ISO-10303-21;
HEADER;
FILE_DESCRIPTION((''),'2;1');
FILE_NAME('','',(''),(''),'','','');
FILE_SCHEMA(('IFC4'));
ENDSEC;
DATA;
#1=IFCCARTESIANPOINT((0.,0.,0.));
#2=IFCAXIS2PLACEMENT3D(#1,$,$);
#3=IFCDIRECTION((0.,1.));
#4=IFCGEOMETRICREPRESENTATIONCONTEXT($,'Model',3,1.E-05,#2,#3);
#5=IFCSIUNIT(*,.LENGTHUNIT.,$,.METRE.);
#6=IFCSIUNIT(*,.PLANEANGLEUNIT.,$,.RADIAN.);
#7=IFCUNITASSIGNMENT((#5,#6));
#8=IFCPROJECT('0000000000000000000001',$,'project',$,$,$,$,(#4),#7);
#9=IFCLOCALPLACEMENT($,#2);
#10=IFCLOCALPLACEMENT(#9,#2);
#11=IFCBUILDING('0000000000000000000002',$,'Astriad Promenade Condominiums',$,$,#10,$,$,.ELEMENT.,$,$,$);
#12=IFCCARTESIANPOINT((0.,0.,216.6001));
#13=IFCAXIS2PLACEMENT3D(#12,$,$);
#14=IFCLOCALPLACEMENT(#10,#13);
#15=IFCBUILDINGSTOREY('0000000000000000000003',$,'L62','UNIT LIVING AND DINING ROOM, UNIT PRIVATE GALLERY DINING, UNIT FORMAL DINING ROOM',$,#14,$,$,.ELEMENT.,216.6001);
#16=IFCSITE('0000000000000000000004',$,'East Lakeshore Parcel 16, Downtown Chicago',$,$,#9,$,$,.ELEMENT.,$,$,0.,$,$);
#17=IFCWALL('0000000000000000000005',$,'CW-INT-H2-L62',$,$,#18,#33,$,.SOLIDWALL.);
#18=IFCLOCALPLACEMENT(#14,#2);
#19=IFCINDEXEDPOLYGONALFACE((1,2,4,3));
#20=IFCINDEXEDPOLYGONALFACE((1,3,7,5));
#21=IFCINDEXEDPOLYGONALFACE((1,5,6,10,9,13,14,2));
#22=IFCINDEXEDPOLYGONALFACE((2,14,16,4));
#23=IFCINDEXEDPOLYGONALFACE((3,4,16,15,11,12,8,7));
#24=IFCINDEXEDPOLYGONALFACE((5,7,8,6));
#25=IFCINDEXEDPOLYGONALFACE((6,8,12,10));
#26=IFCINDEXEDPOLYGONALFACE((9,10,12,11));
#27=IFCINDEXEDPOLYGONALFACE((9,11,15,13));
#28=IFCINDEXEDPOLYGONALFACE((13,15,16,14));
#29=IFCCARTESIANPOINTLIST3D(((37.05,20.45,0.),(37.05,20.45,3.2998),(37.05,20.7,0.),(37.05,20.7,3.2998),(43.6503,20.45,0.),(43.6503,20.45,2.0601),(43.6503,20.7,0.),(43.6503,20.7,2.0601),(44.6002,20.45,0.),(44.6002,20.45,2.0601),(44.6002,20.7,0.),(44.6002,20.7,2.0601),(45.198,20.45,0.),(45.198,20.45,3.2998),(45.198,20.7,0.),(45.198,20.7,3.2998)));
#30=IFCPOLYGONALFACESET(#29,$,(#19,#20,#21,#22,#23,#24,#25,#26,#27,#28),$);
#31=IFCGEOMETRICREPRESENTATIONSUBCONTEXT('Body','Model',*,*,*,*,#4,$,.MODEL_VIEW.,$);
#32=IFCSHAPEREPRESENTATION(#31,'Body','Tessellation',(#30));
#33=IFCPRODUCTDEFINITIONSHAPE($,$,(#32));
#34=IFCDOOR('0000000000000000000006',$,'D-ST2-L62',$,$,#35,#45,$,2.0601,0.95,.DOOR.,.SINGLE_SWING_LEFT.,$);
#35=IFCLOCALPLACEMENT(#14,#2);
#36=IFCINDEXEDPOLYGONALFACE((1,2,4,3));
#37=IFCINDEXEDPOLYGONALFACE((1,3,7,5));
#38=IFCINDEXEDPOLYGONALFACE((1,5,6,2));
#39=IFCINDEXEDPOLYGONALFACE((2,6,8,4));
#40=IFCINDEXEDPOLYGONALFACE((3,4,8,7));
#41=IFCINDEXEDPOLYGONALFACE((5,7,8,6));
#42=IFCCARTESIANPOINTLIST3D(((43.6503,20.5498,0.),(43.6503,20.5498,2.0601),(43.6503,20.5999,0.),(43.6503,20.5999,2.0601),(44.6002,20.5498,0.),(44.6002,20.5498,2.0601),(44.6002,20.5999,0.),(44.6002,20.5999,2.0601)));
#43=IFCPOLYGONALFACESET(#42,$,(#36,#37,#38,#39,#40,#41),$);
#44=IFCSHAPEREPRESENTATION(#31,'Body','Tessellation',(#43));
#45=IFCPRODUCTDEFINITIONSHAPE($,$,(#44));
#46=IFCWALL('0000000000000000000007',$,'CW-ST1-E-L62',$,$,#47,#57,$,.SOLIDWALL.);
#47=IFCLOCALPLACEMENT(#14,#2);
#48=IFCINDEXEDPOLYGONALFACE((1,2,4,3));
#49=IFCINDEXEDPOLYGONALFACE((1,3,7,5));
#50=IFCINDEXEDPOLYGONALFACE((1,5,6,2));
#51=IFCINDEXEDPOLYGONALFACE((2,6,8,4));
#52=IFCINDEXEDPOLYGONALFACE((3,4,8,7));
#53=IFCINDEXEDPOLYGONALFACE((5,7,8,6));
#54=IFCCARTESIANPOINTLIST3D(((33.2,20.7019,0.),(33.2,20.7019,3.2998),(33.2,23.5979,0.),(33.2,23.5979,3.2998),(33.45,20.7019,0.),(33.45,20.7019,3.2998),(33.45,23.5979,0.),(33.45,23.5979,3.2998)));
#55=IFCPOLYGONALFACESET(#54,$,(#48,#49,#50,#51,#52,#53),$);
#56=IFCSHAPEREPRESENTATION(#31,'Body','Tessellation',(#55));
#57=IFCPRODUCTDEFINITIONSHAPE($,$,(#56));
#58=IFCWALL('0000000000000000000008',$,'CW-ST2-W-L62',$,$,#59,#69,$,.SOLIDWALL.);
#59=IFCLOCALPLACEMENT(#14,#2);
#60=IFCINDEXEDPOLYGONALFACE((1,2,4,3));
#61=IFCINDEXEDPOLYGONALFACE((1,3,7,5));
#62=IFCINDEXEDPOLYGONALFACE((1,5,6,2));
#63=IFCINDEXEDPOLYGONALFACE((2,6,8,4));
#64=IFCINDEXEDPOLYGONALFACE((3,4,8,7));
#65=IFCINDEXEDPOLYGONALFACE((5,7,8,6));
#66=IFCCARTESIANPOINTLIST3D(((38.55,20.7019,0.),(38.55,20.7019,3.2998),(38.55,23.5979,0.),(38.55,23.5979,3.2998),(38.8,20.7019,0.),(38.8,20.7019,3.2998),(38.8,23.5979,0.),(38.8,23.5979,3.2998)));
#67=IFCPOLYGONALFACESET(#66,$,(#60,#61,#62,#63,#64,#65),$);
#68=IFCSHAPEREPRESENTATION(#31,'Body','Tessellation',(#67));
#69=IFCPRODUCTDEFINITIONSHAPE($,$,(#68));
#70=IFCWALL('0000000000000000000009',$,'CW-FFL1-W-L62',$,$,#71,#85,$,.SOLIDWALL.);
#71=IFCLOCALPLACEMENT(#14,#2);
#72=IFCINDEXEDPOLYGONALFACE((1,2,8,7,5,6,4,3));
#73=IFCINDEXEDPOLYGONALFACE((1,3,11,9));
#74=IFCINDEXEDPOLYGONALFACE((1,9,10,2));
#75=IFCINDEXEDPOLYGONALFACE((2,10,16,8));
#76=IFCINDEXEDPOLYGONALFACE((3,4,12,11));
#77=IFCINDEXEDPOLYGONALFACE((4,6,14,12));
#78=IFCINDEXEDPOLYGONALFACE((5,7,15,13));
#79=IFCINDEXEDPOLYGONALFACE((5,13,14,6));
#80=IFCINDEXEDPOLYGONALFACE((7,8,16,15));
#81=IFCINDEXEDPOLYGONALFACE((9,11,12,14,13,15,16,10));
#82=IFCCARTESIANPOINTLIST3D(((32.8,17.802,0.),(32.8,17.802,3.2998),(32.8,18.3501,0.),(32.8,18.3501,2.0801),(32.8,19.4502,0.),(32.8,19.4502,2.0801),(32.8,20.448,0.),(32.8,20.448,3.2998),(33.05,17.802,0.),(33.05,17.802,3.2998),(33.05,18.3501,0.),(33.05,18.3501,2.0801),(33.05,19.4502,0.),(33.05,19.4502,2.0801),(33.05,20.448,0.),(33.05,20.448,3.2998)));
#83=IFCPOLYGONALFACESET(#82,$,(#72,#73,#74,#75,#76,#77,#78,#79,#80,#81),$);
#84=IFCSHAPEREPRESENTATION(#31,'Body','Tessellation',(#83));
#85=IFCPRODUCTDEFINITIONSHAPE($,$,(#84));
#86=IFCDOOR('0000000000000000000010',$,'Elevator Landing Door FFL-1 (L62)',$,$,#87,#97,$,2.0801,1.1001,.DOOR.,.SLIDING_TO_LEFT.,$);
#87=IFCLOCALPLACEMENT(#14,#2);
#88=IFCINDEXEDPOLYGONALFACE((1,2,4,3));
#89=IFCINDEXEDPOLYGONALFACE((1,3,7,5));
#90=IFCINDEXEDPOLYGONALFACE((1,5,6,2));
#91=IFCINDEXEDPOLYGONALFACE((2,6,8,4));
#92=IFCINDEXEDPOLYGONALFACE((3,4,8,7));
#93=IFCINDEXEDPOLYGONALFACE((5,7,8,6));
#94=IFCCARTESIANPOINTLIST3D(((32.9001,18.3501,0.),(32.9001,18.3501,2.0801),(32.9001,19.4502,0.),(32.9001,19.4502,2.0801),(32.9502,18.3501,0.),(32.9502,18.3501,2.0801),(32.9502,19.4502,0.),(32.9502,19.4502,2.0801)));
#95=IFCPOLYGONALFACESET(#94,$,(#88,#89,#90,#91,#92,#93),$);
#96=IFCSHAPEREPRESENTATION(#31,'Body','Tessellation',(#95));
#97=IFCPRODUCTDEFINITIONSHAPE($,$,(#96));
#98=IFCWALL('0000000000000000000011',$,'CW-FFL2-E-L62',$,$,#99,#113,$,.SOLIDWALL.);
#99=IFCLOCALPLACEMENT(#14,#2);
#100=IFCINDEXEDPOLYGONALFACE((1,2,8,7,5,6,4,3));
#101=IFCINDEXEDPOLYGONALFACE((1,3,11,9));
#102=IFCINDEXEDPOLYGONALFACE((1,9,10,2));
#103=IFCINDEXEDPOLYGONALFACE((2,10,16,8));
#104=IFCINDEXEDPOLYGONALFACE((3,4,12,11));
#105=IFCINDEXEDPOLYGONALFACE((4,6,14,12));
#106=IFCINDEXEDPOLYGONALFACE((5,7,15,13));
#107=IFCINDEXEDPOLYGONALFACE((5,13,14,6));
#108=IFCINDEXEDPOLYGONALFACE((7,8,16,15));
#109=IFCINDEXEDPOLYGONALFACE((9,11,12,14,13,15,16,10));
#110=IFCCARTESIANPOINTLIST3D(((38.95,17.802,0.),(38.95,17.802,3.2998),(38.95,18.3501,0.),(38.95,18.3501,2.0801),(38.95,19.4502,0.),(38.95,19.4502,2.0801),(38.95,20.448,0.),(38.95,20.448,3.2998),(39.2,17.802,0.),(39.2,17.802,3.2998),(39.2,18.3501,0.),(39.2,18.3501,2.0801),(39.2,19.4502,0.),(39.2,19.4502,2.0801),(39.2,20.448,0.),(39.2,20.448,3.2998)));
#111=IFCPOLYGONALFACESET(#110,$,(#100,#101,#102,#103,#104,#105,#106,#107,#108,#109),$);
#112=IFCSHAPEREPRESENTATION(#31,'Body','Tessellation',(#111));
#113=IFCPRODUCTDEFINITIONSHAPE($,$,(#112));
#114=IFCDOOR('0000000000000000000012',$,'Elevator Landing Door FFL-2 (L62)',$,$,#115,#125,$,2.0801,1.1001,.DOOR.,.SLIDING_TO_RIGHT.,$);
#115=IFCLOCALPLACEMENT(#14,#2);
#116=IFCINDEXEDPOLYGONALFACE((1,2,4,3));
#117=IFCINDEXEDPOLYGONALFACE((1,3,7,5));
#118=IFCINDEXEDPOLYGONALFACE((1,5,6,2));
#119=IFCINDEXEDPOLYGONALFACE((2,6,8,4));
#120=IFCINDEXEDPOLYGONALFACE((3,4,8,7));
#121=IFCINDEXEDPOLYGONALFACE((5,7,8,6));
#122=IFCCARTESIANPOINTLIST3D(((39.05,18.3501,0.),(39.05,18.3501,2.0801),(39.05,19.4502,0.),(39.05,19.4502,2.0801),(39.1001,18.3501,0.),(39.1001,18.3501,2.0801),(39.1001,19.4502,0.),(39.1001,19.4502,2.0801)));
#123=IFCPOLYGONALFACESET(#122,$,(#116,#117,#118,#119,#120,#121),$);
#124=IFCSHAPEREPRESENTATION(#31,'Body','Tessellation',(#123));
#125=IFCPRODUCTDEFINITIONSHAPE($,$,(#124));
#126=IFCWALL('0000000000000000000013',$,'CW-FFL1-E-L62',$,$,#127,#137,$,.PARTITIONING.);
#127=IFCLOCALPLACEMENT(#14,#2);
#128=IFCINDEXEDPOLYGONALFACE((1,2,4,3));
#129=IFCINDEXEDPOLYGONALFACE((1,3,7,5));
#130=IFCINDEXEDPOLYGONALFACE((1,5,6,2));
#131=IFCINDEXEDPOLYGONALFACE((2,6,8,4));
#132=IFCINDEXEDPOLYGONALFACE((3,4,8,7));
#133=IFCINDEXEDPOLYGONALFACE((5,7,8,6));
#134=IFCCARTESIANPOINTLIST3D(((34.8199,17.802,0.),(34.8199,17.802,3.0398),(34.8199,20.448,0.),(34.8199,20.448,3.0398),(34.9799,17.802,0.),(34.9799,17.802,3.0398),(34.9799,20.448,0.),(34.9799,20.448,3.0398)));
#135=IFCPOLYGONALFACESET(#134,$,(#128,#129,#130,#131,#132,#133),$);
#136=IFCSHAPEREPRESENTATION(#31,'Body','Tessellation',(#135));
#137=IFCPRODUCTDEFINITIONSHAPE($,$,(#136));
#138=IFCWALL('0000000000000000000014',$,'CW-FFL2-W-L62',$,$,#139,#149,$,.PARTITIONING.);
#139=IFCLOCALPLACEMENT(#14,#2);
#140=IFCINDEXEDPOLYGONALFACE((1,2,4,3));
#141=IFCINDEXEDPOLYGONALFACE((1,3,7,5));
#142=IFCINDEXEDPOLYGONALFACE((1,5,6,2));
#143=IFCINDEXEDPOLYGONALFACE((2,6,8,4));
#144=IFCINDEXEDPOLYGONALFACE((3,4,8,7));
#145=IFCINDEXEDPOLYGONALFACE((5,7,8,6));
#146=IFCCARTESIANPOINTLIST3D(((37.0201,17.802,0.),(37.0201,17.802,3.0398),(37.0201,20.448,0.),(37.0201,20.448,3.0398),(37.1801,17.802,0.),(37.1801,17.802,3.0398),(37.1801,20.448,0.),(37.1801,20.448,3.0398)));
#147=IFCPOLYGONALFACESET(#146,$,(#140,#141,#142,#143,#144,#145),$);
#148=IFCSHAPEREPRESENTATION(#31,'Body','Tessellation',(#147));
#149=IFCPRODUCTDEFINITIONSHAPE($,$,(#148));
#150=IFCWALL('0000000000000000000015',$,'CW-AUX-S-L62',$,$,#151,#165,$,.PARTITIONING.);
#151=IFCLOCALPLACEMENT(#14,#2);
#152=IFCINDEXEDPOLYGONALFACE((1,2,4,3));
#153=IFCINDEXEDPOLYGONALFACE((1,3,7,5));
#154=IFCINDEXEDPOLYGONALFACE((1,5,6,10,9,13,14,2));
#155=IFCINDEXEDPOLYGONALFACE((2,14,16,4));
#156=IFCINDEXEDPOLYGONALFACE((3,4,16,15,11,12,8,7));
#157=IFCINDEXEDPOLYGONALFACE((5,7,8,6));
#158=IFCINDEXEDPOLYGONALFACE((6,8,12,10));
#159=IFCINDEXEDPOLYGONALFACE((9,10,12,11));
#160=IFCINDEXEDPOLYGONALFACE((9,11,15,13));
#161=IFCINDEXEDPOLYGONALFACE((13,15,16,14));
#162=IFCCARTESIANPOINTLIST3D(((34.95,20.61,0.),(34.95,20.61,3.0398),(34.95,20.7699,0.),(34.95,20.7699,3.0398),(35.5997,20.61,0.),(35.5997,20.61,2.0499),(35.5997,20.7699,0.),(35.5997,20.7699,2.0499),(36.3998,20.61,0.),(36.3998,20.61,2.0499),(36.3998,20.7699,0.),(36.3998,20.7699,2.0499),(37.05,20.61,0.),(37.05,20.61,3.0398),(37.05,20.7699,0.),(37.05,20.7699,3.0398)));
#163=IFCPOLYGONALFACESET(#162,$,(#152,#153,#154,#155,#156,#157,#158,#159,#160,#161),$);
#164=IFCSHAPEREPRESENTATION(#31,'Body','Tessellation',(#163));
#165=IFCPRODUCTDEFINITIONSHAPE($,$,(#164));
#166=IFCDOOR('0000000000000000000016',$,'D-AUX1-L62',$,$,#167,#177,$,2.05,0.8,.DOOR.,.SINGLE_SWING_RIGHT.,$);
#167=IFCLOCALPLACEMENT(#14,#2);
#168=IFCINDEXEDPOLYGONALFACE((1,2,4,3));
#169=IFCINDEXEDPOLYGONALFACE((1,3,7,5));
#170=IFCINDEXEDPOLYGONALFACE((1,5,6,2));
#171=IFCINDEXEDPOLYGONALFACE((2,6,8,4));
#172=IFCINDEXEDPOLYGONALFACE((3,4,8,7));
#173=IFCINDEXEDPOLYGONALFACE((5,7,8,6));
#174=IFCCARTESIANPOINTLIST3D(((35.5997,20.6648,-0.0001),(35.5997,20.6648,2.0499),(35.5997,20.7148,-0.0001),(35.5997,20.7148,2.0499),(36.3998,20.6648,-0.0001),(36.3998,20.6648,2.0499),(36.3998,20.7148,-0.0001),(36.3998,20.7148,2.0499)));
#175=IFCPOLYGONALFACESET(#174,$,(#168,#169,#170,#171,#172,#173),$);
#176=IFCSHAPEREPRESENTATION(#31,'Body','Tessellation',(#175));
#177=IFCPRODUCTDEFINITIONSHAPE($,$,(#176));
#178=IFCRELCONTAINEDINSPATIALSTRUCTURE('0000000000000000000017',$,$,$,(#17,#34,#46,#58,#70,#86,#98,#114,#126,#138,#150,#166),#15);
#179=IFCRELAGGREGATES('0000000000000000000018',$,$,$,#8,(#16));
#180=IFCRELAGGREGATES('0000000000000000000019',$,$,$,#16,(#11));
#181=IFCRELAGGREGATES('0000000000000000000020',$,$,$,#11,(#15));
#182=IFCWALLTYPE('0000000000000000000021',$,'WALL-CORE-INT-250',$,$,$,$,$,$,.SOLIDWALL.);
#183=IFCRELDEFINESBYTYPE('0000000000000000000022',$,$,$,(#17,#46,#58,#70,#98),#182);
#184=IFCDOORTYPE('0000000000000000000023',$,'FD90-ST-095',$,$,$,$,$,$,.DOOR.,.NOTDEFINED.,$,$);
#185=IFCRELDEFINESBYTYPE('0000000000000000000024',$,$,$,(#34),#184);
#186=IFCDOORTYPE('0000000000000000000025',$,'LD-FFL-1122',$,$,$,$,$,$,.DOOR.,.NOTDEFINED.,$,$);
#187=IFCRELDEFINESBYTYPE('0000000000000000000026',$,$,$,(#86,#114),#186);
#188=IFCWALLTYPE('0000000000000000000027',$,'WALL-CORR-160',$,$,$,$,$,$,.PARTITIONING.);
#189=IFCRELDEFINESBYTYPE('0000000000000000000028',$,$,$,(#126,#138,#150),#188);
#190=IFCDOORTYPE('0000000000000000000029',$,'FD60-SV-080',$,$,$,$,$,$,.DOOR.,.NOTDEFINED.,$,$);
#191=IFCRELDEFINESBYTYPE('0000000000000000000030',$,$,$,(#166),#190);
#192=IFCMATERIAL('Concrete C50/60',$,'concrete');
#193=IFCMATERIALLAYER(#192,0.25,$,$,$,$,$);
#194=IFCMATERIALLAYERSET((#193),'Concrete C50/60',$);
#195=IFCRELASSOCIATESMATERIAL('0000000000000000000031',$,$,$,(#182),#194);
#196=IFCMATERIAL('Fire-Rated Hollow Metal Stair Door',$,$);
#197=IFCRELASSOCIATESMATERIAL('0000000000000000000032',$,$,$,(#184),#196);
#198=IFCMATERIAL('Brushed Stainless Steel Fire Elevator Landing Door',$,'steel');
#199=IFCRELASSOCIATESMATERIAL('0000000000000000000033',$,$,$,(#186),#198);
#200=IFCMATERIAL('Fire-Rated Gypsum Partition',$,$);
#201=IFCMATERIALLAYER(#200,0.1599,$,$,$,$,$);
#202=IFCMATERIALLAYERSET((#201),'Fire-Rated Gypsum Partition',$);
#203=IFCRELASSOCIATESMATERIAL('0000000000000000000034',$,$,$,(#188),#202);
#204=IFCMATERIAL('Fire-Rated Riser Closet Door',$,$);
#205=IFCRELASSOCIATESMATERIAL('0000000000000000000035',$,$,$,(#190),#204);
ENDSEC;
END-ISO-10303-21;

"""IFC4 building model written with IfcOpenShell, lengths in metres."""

from ifc_helpers import new_model, si_unit, direction, frame, frame_2d, origin, place, context, subcontext, project, spatial, rectangle, extrude, source, transform, mapped, material, layer, layer_set, type_object, type_shapes, element, fill, save


model = new_model("IFC4")

# Units and contexts
model_context = context("Model", 3, precision=1e-05, world=origin(), true_north=direction((0.0, 1.0)))
body_context = subcontext(model_context, "Body", "Model", "MODEL_VIEW")
ifc_project = project(units=[si_unit("LENGTHUNIT", "METRE"), si_unit("PLANEANGLEUNIT", "RADIAN")], contexts=[model_context])

# Site, building, storey
site_placement = place(None, origin())
site = spatial("IfcSite", under=ifc_project, at=site_placement, Name="East Lakeshore Parcel 16, Downtown Chicago", CompositionType="ELEMENT", RefElevation=0.0)
building_placement = place(site_placement, origin())
building = spatial("IfcBuilding", under=site, at=building_placement, Name="Astriad Promenade Condominiums", CompositionType="ELEMENT")
storey_placement = place(building_placement, frame((0.0, 0.0, 216.6001)))
storey = spatial("IfcBuildingStorey", under=building, at=storey_placement, Name="L62", Description="UNIT LIVING AND DINING ROOM, UNIT PRIVATE GALLERY DINING, UNIT FORMAL DINING ROOM", CompositionType="ELEMENT", Elevation=216.6001)

# Wall, opening, door
ifc_material_1 = material(Name="Concrete C50/60", Category="concrete")
ifc_layer_1 = layer(ifc_material_1, 0.25)
ifc_layer_set_1 = layer_set([ifc_layer_1], Name="Concrete C50/60")
wall_type_1 = type_object("IfcWallType", Name="WALL-CORE-INT-250", PredefinedType="SOLIDWALL", material=ifc_layer_set_1)
wall_1_placement = place(storey_placement, frame((37.05, 20.575, 0.0), z_axis=(0.0, 0.0, 1.0), x_axis=(1.0, 0.0, 0.0)))
wall_1 = element("IfcWall", 1, at=wall_1_placement, inside=storey, type_object=wall_type_1, Name="CW-INT-H2-L62", PredefinedType="SOLIDWALL", context=body_context, shape_type="SweptSolid", body=[
    extrude(rectangle(XDim=8.1479, YDim=0.25, at=frame_2d((4.074, 0.0))), origin(), (0.0, 0.0, 1.0), 3.2998),
])
opening_1_placement = place(wall_1_placement, frame((6.6001, 0.0, 0.0)))
opening_1 = element("IfcOpeningElement", 2, at=opening_1_placement, cuts=wall_1, PredefinedType="OPENING", context=body_context, shape_type="SweptSolid", body=[
    extrude(rectangle(XDim=0.95, YDim=2.0601, at=frame_2d((0.4751, 1.03))), frame((0.0, 0.135, 0.0), z_axis=(0.0, -1.0, 0.0), x_axis=(1.0, 0.0, 0.0)), (0.0, 0.0, 1.0), 0.27),
])
ifc_material_2 = material(Name="Fire-Rated Hollow Metal Stair Door")
door_type_1 = type_object("IfcDoorType", Name="FD90-ST-095", OperationType="NOTDEFINED", PredefinedType="DOOR", material=ifc_material_2)
shared_shape_1 = source(origin(), body_context, "Body", "SweptSolid", [
    extrude(rectangle(XDim=0.95, YDim=2.0601, at=frame_2d((0.4751, 1.03))), frame((0.0, 0.0249, 0.0), z_axis=(0.0, -1.0, 0.0), x_axis=(1.0, 0.0, 0.0)), (0.0, 0.0, 1.0), 0.05),
])
type_shapes(door_type_1, [shared_shape_1])
door_1_placement = place(opening_1_placement, origin())
door_1 = element("IfcDoor", 3, at=door_1_placement, inside=storey, type_object=door_type_1, Name="D-ST2-L62", OperationType="SINGLE_SWING_LEFT", OverallHeight=2.0601, OverallWidth=0.95, PredefinedType="DOOR", context=body_context, shape_type="MappedRepresentation", body=[
    mapped(shared_shape_1, transform((0.0, 0.0, 0.0), scale=1.0)),
])
fill(opening_1, door_1)

# Walls
for number, where, z_axis, x_axis, name in (
    (4, (33.325, 20.7019, 0.0), (0.0, 0.0, 1.0), (0.0, 1.0, 0.0), "CW-ST1-E-L62"),
    (5, (38.675, 20.7019, 0.0), (0.0, 0.0, 1.0), (0.0, 1.0, 0.0), "CW-ST2-W-L62"),
):
    element("IfcWall", number, at=place(storey_placement, frame(where, z_axis=z_axis, x_axis=x_axis)), inside=storey, type_object=wall_type_1, Name=name, PredefinedType="SOLIDWALL", context=body_context, shape_type="SweptSolid", body=[
        extrude(rectangle(XDim=2.896, YDim=0.25, at=frame_2d((1.448, 0.0))), origin(), (0.0, 0.0, 1.0), 3.2998),
    ])

# Walls, openings, doors
wall_2_placement = place(storey_placement, frame((32.925, 17.802, 0.0), z_axis=(0.0, 0.0, 1.0), x_axis=(0.0, 1.0, 0.0)))
wall_2 = element("IfcWall", 6, at=wall_2_placement, inside=storey, type_object=wall_type_1, Name="CW-FFL1-W-L62", PredefinedType="SOLIDWALL", context=body_context, shape_type="SweptSolid", body=[
    extrude(rectangle(XDim=2.646, YDim=0.25, at=frame_2d((1.323, 0.0))), origin(), (0.0, 0.0, 1.0), 3.2998),
])
opening_2_placement = place(wall_2_placement, frame((0.5481, 0.0, 0.0)))
opening_2 = element("IfcOpeningElement", 7, at=opening_2_placement, cuts=wall_2, PredefinedType="OPENING", context=body_context, shape_type="SweptSolid", body=[
    extrude(rectangle(XDim=1.1001, YDim=2.0801, at=frame_2d((0.55, 1.04))), frame((0.0, 0.135, 0.0), z_axis=(0.0, -1.0, 0.0), x_axis=(1.0, 0.0, 0.0)), (0.0, 0.0, 1.0), 0.27),
])
ifc_material_3 = material(Name="Brushed Stainless Steel Fire Elevator Landing Door", Category="steel")
door_type_2 = type_object("IfcDoorType", Name="LD-FFL-1122", OperationType="NOTDEFINED", PredefinedType="DOOR", material=ifc_material_3)
shared_shape_2 = source(origin(), body_context, "Body", "SweptSolid", [
    extrude(rectangle(XDim=1.1001, YDim=2.0801, at=frame_2d((0.55, 1.04))), frame((0.0, 0.0249, 0.0), z_axis=(0.0, -1.0, 0.0), x_axis=(1.0, 0.0, 0.0)), (0.0, 0.0, 1.0), 0.05),
])
type_shapes(door_type_2, [shared_shape_2])
door_2_placement = place(opening_2_placement, origin())
door_2 = element("IfcDoor", 8, at=door_2_placement, inside=storey, type_object=door_type_2, Name="Elevator Landing Door FFL-1 (L62)", OperationType="SLIDING_TO_LEFT", OverallHeight=2.0801, OverallWidth=1.1001, PredefinedType="DOOR", context=body_context, shape_type="MappedRepresentation", body=[
    mapped(shared_shape_2, transform((0.0, 0.0, 0.0), scale=1.0)),
])
fill(opening_2, door_2)
wall_3_placement = place(storey_placement, frame((39.075, 17.802, 0.0), z_axis=(0.0, 0.0, 1.0), x_axis=(0.0, 1.0, 0.0)))
wall_3 = element("IfcWall", 9, at=wall_3_placement, inside=storey, type_object=wall_type_1, Name="CW-FFL2-E-L62", PredefinedType="SOLIDWALL", context=body_context, shape_type="SweptSolid", body=[
    extrude(rectangle(XDim=2.646, YDim=0.25, at=frame_2d((1.323, 0.0))), origin(), (0.0, 0.0, 1.0), 3.2998),
])
opening_3_placement = place(wall_3_placement, frame((0.5481, 0.0, 0.0)))
opening_3 = element("IfcOpeningElement", 10, at=opening_3_placement, cuts=wall_3, PredefinedType="OPENING", context=body_context, shape_type="SweptSolid", body=[
    extrude(rectangle(XDim=1.1001, YDim=2.0801, at=frame_2d((0.55, 1.04))), frame((0.0, 0.135, 0.0), z_axis=(0.0, -1.0, 0.0), x_axis=(1.0, 0.0, 0.0)), (0.0, 0.0, 1.0), 0.27),
])
door_3_placement = place(opening_3_placement, origin())
door_3 = element("IfcDoor", 11, at=door_3_placement, inside=storey, type_object=door_type_2, Name="Elevator Landing Door FFL-2 (L62)", OperationType="SLIDING_TO_RIGHT", OverallHeight=2.0801, OverallWidth=1.1001, PredefinedType="DOOR", context=body_context, shape_type="MappedRepresentation", body=[
    mapped(shared_shape_2, transform((0.0, 0.0, 0.0), scale=1.0)),
])
fill(opening_3, door_3)

# Walls
ifc_material_4 = material(Name="Fire-Rated Gypsum Partition")
ifc_layer_2 = layer(ifc_material_4, 0.1599)
ifc_layer_set_2 = layer_set([ifc_layer_2], Name="Fire-Rated Gypsum Partition")
wall_type_2 = type_object("IfcWallType", Name="WALL-CORR-160", PredefinedType="PARTITIONING", material=ifc_layer_set_2)
for number, where, z_axis, x_axis, name in (
    (12, (34.8999, 17.802, 0.0), (0.0, 0.0, 1.0), (0.0, 1.0, 0.0), "CW-FFL1-E-L62"),
    (13, (37.1001, 17.802, 0.0), (0.0, 0.0, 1.0), (0.0, 1.0, 0.0), "CW-FFL2-W-L62"),
):
    element("IfcWall", number, at=place(storey_placement, frame(where, z_axis=z_axis, x_axis=x_axis)), inside=storey, type_object=wall_type_2, Name=name, PredefinedType="PARTITIONING", context=body_context, shape_type="SweptSolid", body=[
        extrude(rectangle(XDim=2.646, YDim=0.1599, at=frame_2d((1.323, 0.0))), origin(), (0.0, 0.0, 1.0), 3.0398),
    ])

# Wall, opening, door
wall_4_placement = place(storey_placement, frame((34.95, 20.6899, 0.0), z_axis=(0.0, 0.0, 1.0), x_axis=(1.0, 0.0, 0.0)))
wall_4 = element("IfcWall", 14, at=wall_4_placement, inside=storey, type_object=wall_type_2, Name="CW-AUX-S-L62", PredefinedType="PARTITIONING", context=body_context, shape_type="SweptSolid", body=[
    extrude(rectangle(XDim=2.1001, YDim=0.1599, at=frame_2d((1.05, 0.0))), origin(), (0.0, 0.0, 1.0), 3.0398),
])
opening_4_placement = place(wall_4_placement, frame((0.6499, 0.0, 0.0)))
opening_4 = element("IfcOpeningElement", 15, at=opening_4_placement, cuts=wall_4, PredefinedType="OPENING", context=body_context, shape_type="SweptSolid", body=[
    extrude(rectangle(XDim=0.8, YDim=2.05, at=frame_2d((0.3999, 1.0249))), frame((0.0, 0.0898, 0.0), z_axis=(0.0, -1.0, 0.0), x_axis=(1.0, 0.0, 0.0)), (0.0, 0.0, 1.0), 0.1799),
])
ifc_material_5 = material(Name="Fire-Rated Riser Closet Door")
door_type_3 = type_object("IfcDoorType", Name="FD60-SV-080", OperationType="NOTDEFINED", PredefinedType="DOOR", material=ifc_material_5)
shared_shape_3 = source(origin(), body_context, "Body", "SweptSolid", [
    extrude(rectangle(XDim=0.8, YDim=2.05, at=frame_2d((0.3999, 1.0249))), frame((0.0, 0.0249, 0.0), z_axis=(0.0, -1.0, 0.0), x_axis=(1.0, 0.0, 0.0)), (0.0, 0.0, 1.0), 0.05),
])
type_shapes(door_type_3, [shared_shape_3])
door_4_placement = place(opening_4_placement, origin())
door_4 = element("IfcDoor", 16, at=door_4_placement, inside=storey, type_object=door_type_3, Name="D-AUX1-L62", OperationType="SINGLE_SWING_RIGHT", OverallHeight=2.05, OverallWidth=0.8, PredefinedType="DOOR", context=body_context, shape_type="MappedRepresentation", body=[
    mapped(shared_shape_3, transform((0.0, 0.0, 0.0), scale=1.0)),
])
fill(opening_4, door_4)

save(model, "model.ifc")
